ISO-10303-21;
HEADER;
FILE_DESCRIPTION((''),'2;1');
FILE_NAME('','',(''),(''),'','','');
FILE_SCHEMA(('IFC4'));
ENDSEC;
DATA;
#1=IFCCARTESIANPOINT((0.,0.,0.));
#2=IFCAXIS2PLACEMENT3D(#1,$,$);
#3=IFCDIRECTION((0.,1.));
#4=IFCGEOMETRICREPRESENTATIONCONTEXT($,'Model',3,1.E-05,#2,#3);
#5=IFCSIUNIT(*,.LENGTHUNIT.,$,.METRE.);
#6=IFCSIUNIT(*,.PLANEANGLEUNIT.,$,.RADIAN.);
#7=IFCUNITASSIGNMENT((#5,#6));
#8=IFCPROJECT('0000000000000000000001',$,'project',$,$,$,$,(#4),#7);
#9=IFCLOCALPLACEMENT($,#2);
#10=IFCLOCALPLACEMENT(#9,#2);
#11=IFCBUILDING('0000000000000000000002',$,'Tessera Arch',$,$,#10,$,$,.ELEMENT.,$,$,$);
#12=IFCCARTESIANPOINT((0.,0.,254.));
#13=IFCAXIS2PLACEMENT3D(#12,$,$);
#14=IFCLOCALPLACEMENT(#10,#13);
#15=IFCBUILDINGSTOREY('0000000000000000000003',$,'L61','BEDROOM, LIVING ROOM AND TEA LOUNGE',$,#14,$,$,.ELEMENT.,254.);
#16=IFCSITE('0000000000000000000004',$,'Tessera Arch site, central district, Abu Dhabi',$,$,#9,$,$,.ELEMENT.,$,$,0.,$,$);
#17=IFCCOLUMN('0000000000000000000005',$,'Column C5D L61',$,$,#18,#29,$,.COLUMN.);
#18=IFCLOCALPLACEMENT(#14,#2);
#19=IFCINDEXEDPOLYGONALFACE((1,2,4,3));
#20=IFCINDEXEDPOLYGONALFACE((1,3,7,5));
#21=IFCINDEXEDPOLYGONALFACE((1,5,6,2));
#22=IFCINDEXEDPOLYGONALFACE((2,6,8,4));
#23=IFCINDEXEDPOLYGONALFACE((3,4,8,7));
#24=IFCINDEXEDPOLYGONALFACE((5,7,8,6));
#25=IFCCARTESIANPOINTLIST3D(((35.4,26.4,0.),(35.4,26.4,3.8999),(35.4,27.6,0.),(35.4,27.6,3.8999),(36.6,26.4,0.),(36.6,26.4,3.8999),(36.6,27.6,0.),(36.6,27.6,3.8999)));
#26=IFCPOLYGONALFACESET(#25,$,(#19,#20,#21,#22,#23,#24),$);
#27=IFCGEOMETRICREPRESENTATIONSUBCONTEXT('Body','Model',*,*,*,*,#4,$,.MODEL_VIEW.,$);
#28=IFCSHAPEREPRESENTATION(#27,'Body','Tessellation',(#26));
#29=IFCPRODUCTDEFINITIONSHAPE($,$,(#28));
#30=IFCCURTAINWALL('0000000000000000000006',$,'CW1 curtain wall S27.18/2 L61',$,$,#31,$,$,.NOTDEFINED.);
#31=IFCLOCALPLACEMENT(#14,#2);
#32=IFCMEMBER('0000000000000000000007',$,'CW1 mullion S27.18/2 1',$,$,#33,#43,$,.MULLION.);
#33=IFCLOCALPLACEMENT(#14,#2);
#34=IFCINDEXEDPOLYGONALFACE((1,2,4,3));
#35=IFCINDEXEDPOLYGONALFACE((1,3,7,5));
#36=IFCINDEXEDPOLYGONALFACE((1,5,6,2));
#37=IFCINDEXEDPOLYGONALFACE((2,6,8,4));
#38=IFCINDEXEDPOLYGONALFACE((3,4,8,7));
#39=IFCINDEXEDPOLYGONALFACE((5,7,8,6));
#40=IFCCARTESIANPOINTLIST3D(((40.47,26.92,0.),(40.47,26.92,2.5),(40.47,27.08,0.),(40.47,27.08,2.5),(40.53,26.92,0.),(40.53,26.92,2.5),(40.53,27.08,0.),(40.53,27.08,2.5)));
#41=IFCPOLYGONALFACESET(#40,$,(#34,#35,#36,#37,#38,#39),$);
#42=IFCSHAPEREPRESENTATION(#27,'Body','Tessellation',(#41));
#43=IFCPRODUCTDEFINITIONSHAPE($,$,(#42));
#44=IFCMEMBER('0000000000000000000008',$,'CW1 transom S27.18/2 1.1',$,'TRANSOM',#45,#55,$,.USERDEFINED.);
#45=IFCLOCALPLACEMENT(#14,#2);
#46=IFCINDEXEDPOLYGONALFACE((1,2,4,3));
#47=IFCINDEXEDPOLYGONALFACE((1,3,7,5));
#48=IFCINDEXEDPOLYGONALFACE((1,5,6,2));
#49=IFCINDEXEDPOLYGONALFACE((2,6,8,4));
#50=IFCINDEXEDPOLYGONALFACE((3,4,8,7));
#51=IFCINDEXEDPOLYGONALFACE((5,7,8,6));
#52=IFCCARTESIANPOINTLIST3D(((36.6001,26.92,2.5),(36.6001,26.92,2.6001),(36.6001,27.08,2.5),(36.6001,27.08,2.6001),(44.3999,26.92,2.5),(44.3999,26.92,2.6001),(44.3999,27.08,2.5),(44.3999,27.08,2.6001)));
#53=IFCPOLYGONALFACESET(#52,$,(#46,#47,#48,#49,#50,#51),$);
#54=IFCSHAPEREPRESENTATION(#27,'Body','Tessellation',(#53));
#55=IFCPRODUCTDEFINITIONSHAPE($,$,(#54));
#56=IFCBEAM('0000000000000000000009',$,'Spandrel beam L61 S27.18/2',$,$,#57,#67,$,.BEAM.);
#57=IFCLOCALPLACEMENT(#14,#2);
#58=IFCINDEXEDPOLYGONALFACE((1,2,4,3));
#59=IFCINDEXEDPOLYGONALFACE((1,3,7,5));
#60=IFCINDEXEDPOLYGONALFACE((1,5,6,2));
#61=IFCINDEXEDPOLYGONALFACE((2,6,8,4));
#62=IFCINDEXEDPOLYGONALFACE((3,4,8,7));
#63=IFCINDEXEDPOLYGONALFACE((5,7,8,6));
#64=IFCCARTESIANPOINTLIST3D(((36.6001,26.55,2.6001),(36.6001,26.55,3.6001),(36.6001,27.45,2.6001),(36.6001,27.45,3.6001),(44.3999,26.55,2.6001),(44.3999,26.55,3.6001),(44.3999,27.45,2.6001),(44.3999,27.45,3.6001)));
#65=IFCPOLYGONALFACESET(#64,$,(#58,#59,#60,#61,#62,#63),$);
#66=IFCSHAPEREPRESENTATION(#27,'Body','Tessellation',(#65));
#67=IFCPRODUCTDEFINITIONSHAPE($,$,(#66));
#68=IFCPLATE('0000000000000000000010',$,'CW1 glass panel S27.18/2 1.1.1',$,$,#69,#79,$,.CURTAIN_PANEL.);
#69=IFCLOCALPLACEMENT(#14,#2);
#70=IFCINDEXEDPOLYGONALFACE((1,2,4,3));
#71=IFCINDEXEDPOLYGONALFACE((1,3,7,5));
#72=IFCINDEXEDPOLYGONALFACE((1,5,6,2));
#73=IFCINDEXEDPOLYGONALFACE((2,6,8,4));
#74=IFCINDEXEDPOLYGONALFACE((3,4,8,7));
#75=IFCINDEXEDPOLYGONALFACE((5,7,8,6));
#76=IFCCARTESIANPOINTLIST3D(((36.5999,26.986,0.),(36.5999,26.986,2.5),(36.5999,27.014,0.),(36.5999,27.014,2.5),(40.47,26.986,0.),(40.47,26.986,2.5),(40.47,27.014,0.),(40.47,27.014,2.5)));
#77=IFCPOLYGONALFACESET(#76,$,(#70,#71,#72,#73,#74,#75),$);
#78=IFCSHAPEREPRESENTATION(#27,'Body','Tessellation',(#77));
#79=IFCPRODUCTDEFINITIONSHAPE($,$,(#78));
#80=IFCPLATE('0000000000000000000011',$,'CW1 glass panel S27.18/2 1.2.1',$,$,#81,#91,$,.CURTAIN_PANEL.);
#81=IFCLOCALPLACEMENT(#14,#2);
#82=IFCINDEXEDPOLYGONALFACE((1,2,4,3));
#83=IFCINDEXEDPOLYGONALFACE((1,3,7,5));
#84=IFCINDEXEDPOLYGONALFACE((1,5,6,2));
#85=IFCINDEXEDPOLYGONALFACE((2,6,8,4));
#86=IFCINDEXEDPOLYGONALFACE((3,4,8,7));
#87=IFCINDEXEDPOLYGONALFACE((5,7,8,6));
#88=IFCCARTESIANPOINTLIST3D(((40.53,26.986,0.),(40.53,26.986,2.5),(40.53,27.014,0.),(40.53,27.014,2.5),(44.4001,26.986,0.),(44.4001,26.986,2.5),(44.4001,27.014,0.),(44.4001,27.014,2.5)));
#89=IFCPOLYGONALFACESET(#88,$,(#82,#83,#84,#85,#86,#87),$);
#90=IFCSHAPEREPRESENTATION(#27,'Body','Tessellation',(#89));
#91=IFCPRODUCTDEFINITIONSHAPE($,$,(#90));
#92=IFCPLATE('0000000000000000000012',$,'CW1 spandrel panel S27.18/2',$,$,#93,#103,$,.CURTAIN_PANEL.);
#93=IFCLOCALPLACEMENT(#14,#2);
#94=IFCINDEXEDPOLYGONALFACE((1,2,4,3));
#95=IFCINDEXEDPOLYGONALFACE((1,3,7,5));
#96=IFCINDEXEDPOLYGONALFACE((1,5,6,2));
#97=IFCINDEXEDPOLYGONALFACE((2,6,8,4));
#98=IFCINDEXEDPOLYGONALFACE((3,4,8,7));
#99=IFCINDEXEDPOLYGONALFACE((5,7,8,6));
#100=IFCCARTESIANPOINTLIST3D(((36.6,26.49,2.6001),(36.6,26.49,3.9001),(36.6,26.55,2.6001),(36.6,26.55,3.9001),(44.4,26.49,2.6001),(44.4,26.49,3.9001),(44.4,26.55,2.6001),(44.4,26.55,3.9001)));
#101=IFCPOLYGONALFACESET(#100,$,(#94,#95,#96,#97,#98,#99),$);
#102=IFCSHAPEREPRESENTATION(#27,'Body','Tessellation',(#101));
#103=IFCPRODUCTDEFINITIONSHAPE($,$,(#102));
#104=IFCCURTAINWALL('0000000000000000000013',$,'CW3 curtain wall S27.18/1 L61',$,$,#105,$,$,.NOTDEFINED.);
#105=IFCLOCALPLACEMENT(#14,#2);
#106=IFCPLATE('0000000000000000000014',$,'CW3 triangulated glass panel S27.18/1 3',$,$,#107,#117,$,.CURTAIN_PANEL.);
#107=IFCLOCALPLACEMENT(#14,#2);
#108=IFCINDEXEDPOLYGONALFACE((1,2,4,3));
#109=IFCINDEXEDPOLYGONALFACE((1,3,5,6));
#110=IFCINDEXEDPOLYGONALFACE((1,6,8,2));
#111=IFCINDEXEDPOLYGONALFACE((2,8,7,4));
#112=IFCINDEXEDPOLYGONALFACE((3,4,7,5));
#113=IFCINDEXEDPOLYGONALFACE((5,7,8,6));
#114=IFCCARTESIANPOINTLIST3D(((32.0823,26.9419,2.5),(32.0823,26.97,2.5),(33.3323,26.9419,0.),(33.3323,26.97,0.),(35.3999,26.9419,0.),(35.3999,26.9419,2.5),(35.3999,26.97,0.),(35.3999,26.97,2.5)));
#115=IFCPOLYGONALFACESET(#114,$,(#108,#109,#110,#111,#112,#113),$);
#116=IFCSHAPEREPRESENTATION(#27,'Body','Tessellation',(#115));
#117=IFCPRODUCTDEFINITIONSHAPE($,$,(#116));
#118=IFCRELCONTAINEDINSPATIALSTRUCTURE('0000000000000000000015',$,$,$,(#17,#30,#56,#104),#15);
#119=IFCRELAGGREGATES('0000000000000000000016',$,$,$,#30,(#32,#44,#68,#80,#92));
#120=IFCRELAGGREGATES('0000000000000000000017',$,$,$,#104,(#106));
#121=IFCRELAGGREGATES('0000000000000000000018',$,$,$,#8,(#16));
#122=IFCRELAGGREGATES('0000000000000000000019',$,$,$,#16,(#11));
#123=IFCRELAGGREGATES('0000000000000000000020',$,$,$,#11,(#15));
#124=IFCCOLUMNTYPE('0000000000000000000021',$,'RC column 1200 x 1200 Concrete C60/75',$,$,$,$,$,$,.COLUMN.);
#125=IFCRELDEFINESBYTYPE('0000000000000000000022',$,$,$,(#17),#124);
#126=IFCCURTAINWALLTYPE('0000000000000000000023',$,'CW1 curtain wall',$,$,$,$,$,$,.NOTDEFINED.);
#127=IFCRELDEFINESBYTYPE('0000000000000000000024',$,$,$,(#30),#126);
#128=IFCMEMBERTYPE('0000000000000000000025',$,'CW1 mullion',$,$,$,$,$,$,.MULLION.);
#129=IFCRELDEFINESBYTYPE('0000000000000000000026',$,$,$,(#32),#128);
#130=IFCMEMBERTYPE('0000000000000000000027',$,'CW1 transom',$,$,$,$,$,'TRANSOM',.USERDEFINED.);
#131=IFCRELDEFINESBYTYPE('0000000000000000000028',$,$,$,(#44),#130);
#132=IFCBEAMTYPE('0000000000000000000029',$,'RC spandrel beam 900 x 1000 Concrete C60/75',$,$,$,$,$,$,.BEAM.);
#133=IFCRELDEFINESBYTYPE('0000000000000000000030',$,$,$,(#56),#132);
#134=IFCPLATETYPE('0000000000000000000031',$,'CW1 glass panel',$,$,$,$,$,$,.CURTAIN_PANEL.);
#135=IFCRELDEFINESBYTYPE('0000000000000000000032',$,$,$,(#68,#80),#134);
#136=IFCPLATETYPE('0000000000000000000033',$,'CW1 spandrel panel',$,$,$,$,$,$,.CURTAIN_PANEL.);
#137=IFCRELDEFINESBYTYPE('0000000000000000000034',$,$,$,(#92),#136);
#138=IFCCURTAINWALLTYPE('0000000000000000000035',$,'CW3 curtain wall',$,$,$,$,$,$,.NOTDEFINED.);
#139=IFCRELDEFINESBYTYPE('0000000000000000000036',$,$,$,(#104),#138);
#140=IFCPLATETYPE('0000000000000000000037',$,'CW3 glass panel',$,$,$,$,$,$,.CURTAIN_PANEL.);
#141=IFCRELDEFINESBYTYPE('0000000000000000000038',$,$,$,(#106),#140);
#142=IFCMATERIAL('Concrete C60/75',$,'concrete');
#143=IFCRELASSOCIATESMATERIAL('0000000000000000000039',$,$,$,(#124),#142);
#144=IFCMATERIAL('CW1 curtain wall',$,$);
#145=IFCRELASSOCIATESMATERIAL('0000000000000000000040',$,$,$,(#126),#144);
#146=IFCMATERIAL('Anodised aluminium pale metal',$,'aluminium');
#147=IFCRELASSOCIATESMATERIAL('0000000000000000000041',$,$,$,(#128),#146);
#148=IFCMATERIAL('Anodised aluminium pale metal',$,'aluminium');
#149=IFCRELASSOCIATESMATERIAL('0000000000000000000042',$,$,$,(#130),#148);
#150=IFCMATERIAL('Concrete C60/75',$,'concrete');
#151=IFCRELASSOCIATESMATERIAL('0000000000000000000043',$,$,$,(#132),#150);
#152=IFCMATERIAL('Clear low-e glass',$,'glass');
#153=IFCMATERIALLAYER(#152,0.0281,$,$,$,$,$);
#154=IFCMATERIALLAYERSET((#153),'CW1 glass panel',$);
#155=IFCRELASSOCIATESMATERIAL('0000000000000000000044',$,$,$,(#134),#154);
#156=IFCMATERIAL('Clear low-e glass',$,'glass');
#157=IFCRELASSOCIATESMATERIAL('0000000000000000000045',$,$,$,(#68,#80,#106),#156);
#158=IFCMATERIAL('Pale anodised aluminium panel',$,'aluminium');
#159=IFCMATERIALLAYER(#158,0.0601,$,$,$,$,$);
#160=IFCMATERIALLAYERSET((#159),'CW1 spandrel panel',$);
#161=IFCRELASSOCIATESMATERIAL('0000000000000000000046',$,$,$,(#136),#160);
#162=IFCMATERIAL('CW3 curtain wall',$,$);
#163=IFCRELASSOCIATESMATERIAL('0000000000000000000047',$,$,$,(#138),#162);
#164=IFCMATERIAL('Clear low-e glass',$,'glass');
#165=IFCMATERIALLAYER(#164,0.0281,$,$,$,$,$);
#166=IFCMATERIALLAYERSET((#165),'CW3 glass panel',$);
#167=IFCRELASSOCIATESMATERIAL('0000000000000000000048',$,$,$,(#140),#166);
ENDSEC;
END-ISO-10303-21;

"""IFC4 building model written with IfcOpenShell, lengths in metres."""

from ifc_helpers import new_model, si_unit, direction, frame, origin, origin_2d, place, context, subcontext, project, spatial, polyline, rectangle, outline, extrude, material, layer, layer_set, material_profile, profile_set, type_object, element, aggregate, save


model = new_model("IFC4")

# Units and contexts
model_context = context("Model", 3, precision=1e-05, world=origin(), true_north=direction((0.0, 1.0)))
body_context = subcontext(model_context, "Body", "Model", "MODEL_VIEW")
ifc_project = project(units=[si_unit("LENGTHUNIT", "METRE"), si_unit("PLANEANGLEUNIT", "RADIAN")], contexts=[model_context])

# Site, building, storey
site_placement = place(None, origin())
site = spatial("IfcSite", under=ifc_project, at=site_placement, Name="Tessera Arch site, central district, Abu Dhabi", CompositionType="ELEMENT", RefElevation=0.0)
building_placement = place(site_placement, origin())
building = spatial("IfcBuilding", under=site, at=building_placement, Name="Tessera Arch", CompositionType="ELEMENT")
storey_placement = place(building_placement, frame((0.0, 0.0, 254.0)))
storey = spatial("IfcBuildingStorey", under=building, at=storey_placement, Name="L61", Description="BEDROOM, LIVING ROOM AND TEA LOUNGE", CompositionType="ELEMENT", Elevation=254.0)

# Column
ifc_material_1 = material(Name="Concrete C60/75", Category="concrete")
ifc_material_profile_1 = material_profile(ifc_material_1, rectangle(XDim=1.2, YDim=1.2, at=origin_2d()), Name="RC column 1200 x 1200 Concrete C60/75")
ifc_profile_set_1 = profile_set([ifc_material_profile_1], Name="Concrete C60/75")
column_type = type_object("IfcColumnType", Name="RC column 1200 x 1200 Concrete C60/75", PredefinedType="COLUMN", material=ifc_profile_set_1)
column_placement = place(storey_placement, frame((36.0, 27.0, 0.0), z_axis=(0.0, 0.0, 1.0), x_axis=(1.0, 0.0, 0.0)))
element("IfcColumn", 1, at=column_placement, inside=storey, type_object=column_type, Name="Column C5D L61", PredefinedType="COLUMN", context=body_context, shape_type="SweptSolid", body=[
    extrude(rectangle(XDim=1.2, YDim=1.2, at=origin_2d()), origin(), (0.0, 0.0, 1.0), 3.8999),
])

# Curtain wall, members
ifc_material_2 = material(Name="CW1 curtain wall")
curtain_wall_type_1 = type_object("IfcCurtainWallType", Name="CW1 curtain wall", PredefinedType="NOTDEFINED", material=ifc_material_2)
curtain_wall_1_placement = place(storey_placement, origin())
curtain_wall_1 = element("IfcCurtainWall", 2, at=curtain_wall_1_placement, inside=storey, type_object=curtain_wall_type_1, Name="CW1 curtain wall S27.18/2 L61", PredefinedType="NOTDEFINED")
ifc_material_3 = material(Name="Anodised aluminium pale metal", Category="aluminium")
ifc_material_profile_2 = material_profile(ifc_material_3, rectangle(XDim=0.1599, YDim=0.0601, at=origin_2d()), Name="AL 60x160")
ifc_profile_set_2 = profile_set([ifc_material_profile_2], Name="Anodised aluminium pale metal")
member_type_1 = type_object("IfcMemberType", Name="CW1 mullion", PredefinedType="MULLION", material=ifc_profile_set_2)
member_1_placement = place(storey_placement, frame((40.5, 27.0, 0.0), z_axis=(0.0, 0.0, 1.0), x_axis=(0.0, 1.0, 0.0)))
member_1 = element("IfcMember", 3, at=member_1_placement, type_object=member_type_1, Name="CW1 mullion S27.18/2 1", PredefinedType="MULLION", context=body_context, shape_type="SweptSolid", body=[
    extrude(rectangle(XDim=0.1599, YDim=0.0601, at=origin_2d()), origin(), (0.0, 0.0, 1.0), 2.5),
])
ifc_material_4 = material(Name="Anodised aluminium pale metal", Category="aluminium")
ifc_material_profile_3 = material_profile(ifc_material_4, rectangle(XDim=0.1599, YDim=0.1001, at=origin_2d()), Name="AL 160x100")
ifc_profile_set_3 = profile_set([ifc_material_profile_3], Name="Anodised aluminium pale metal")
member_type_2 = type_object("IfcMemberType", Name="CW1 transom", ElementType="TRANSOM", PredefinedType="USERDEFINED", material=ifc_profile_set_3)
member_2_placement = place(storey_placement, frame((36.6001, 27.0, 2.55), z_axis=(1.0, 0.0, 0.0), x_axis=(0.0, 1.0, 0.0)))
member_2 = element("IfcMember", 4, at=member_2_placement, type_object=member_type_2, Name="CW1 transom S27.18/2 1.1", ObjectType="TRANSOM", PredefinedType="USERDEFINED", context=body_context, shape_type="SweptSolid", body=[
    extrude(rectangle(XDim=0.1599, YDim=0.1001, at=origin_2d()), origin(), (0.0, 0.0, 1.0), 7.7998),
])

# Beam
ifc_material_5 = material(Name="Concrete C60/75", Category="concrete")
ifc_material_profile_4 = material_profile(ifc_material_5, rectangle(XDim=0.8999, YDim=1.0, at=origin_2d()), Name="RC spandrel beam 900 x 1000 Concrete C60/75")
ifc_profile_set_4 = profile_set([ifc_material_profile_4], Name="Concrete C60/75")
beam_type = type_object("IfcBeamType", Name="RC spandrel beam 900 x 1000 Concrete C60/75", PredefinedType="BEAM", material=ifc_profile_set_4)
beam_placement = place(storey_placement, frame((36.6001, 27.0, 3.1001), z_axis=(1.0, 0.0, 0.0), x_axis=(0.0, 1.0, 0.0)))
element("IfcBeam", 5, at=beam_placement, inside=storey, type_object=beam_type, Name="Spandrel beam L61 S27.18/2", PredefinedType="BEAM", context=body_context, shape_type="SweptSolid", body=[
    extrude(rectangle(XDim=0.8999, YDim=1.0, at=origin_2d()), origin(), (0.0, 0.0, 1.0), 7.7998),
])

# Plates
ifc_material_6 = material(Name="Clear low-e glass", Category="glass")
ifc_material_7 = material(Name="Clear low-e glass", Category="glass")
ifc_layer_1 = layer(ifc_material_7, 0.0281)
ifc_layer_set_1 = layer_set([ifc_layer_1], Name="CW1 glass panel")
plate_type_1 = type_object("IfcPlateType", Name="CW1 glass panel", PredefinedType="CURTAIN_PANEL", material=ifc_layer_set_1)
plate_1_placement = place(storey_placement, frame((38.5349, 27.0, 0.0), z_axis=(0.0, 0.0, 1.0), x_axis=(1.0, 0.0, 0.0)))
plate_1 = element("IfcPlate", 6, at=plate_1_placement, type_object=plate_type_1, material=ifc_material_6, Name="CW1 glass panel S27.18/2 1.1.1", PredefinedType="CURTAIN_PANEL", context=body_context, shape_type="SweptSolid", body=[
    extrude(rectangle(XDim=3.8701, YDim=0.0281, at=origin_2d()), origin(), (0.0, 0.0, 1.0), 2.5),
])
plate_2_placement = place(storey_placement, frame((42.4651, 27.0, 0.0), z_axis=(0.0, 0.0, 1.0), x_axis=(1.0, 0.0, 0.0)))
plate_2 = element("IfcPlate", 7, at=plate_2_placement, type_object=plate_type_1, material=ifc_material_6, Name="CW1 glass panel S27.18/2 1.2.1", PredefinedType="CURTAIN_PANEL", context=body_context, shape_type="SweptSolid", body=[
    extrude(rectangle(XDim=3.8701, YDim=0.0281, at=origin_2d()), origin(), (0.0, 0.0, 1.0), 2.5),
])
ifc_material_8 = material(Name="Pale anodised aluminium panel", Category="aluminium")
ifc_layer_2 = layer(ifc_material_8, 0.0601)
ifc_layer_set_2 = layer_set([ifc_layer_2], Name="CW1 spandrel panel")
plate_type_2 = type_object("IfcPlateType", Name="CW1 spandrel panel", PredefinedType="CURTAIN_PANEL", material=ifc_layer_set_2)
plate_3_placement = place(storey_placement, frame((40.5, 26.52, 2.6001), z_axis=(0.0, 0.0, 1.0), x_axis=(1.0, 0.0, 0.0)))
plate_3 = element("IfcPlate", 8, at=plate_3_placement, type_object=plate_type_2, Name="CW1 spandrel panel S27.18/2", PredefinedType="CURTAIN_PANEL", context=body_context, shape_type="SweptSolid", body=[
    extrude(rectangle(XDim=7.8, YDim=0.0601, at=origin_2d()), origin(), (0.0, 0.0, 1.0), 1.3),
])
aggregate(curtain_wall_1, [member_1, member_2, plate_1, plate_2, plate_3])

# Curtain wall, plate
ifc_material_9 = material(Name="CW3 curtain wall")
curtain_wall_type_2 = type_object("IfcCurtainWallType", Name="CW3 curtain wall", PredefinedType="NOTDEFINED", material=ifc_material_9)
curtain_wall_2_placement = place(storey_placement, origin())
curtain_wall_2 = element("IfcCurtainWall", 9, at=curtain_wall_2_placement, inside=storey, type_object=curtain_wall_type_2, Name="CW3 curtain wall S27.18/1 L61", PredefinedType="NOTDEFINED")
ifc_material_10 = material(Name="Clear low-e glass", Category="glass")
ifc_layer_3 = layer(ifc_material_10, 0.0281)
ifc_layer_set_3 = layer_set([ifc_layer_3], Name="CW3 glass panel")
plate_type_3 = type_object("IfcPlateType", Name="CW3 glass panel", PredefinedType="CURTAIN_PANEL", material=ifc_layer_set_3)
plate_4_placement = place(storey_placement, frame((35.3999, 26.9419, 2.5), z_axis=(0.0, -1.0, 0.0), x_axis=(-1.0, 0.0, 0.0)))
plate_4 = element("IfcPlate", 10, at=plate_4_placement, type_object=plate_type_3, material=ifc_material_6, Name="CW3 triangulated glass panel S27.18/1 3", PredefinedType="CURTAIN_PANEL", context=body_context, shape_type="SweptSolid", body=[
    extrude(outline(polyline([(0.0, 0.0), (3.3176, 0.0), (2.0676, 2.5), (0.0, 2.5), (0.0, 0.0)])), origin(), (0.0, 0.0, -1.0), 0.0281),
])
aggregate(curtain_wall_2, [plate_4])

save(model, "model.ifc")
